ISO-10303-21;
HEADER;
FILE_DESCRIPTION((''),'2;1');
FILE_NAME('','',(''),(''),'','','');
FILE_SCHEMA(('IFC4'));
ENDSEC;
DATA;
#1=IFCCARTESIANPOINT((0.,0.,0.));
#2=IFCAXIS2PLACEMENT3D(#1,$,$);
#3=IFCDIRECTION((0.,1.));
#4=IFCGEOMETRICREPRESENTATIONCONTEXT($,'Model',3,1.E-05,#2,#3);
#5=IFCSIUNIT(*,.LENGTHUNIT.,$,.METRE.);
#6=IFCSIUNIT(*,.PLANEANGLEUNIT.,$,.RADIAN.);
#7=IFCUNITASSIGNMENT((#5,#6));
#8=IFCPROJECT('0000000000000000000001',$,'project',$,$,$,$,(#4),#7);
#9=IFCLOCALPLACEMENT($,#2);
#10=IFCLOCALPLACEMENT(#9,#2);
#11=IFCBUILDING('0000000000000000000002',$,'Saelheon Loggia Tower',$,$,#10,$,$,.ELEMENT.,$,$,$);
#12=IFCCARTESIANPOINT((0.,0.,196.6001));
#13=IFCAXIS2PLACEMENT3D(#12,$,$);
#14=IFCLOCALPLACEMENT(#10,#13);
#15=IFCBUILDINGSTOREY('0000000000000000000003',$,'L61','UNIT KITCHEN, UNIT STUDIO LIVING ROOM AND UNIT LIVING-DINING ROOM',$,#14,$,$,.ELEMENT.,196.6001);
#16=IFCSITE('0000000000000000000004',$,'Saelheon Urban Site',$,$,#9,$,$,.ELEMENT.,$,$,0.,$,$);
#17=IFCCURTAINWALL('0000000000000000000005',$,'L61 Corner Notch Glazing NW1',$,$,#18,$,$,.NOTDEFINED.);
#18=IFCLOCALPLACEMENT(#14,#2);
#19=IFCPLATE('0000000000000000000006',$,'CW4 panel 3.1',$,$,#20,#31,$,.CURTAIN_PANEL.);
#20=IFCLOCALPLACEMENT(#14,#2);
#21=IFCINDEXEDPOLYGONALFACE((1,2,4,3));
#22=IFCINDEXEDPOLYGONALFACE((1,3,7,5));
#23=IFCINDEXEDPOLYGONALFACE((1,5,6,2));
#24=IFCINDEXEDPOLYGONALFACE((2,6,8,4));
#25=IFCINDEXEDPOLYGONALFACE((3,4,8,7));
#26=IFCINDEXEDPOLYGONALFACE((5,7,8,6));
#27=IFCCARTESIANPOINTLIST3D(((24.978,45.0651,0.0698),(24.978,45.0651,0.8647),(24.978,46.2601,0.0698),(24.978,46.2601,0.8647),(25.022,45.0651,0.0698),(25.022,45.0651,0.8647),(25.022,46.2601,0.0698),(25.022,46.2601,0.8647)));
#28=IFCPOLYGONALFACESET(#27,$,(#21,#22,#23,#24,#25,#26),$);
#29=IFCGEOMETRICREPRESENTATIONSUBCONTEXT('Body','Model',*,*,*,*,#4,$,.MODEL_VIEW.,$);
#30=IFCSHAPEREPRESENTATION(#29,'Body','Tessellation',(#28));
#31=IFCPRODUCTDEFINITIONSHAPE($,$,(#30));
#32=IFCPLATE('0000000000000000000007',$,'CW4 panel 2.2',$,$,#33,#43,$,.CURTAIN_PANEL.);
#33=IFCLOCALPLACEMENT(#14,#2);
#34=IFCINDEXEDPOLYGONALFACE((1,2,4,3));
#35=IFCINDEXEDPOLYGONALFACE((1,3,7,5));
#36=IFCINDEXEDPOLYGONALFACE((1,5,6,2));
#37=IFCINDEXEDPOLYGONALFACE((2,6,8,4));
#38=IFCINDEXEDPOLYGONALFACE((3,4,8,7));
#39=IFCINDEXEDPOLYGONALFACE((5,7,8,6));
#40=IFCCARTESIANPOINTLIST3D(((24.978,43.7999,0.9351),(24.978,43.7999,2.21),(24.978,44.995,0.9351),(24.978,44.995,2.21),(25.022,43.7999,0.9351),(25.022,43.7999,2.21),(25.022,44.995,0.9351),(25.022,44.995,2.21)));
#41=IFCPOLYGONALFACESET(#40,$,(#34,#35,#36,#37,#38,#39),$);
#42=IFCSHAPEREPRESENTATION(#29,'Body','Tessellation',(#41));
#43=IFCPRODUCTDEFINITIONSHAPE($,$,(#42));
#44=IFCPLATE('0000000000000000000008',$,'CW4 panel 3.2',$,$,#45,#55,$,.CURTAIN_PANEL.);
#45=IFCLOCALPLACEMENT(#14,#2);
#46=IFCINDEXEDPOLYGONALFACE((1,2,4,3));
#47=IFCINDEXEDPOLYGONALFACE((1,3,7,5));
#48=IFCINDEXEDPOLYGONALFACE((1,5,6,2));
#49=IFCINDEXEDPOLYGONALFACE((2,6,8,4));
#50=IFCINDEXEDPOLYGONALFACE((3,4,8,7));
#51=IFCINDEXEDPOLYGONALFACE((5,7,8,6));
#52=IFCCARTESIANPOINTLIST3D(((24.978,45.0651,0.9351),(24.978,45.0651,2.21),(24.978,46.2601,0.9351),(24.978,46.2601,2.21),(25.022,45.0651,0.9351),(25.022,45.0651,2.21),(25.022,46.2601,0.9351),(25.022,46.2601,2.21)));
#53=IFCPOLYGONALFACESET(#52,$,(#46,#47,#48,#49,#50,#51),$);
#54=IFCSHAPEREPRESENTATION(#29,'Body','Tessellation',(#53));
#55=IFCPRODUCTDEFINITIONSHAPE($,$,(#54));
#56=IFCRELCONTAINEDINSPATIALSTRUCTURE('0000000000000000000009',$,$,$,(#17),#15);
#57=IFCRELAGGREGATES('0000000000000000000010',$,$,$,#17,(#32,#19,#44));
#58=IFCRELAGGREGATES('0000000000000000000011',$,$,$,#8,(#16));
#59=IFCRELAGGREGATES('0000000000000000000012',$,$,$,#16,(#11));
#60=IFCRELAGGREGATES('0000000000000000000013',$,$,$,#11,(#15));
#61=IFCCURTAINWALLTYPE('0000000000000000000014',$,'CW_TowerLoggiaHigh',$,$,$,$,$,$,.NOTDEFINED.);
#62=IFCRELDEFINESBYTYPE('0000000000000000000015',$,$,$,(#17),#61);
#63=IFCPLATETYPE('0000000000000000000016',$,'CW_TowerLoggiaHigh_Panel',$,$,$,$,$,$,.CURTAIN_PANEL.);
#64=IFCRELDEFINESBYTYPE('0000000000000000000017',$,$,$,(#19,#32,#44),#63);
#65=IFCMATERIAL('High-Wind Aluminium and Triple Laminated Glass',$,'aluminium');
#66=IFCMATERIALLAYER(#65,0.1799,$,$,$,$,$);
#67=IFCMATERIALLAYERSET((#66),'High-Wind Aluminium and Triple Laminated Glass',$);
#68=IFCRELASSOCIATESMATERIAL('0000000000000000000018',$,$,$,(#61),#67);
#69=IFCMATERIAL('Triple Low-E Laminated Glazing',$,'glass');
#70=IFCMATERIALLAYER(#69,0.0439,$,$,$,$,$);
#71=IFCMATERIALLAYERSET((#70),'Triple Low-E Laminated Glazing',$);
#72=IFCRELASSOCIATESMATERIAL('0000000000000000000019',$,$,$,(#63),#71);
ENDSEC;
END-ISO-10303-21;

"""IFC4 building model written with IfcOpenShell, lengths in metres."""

from ifc_helpers import new_model, si_unit, direction, frame, origin, origin_2d, place, context, subcontext, project, spatial, rectangle, extrude, source, transform, mapped, material, layer, layer_set, type_object, element, aggregate, save


model = new_model("IFC4")

# Units and contexts
model_context = context("Model", 3, precision=1e-05, world=origin(), true_north=direction((0.0, 1.0)))
body_context = subcontext(model_context, "Body", "Model", "MODEL_VIEW")
ifc_project = project(units=[si_unit("LENGTHUNIT", "METRE"), si_unit("PLANEANGLEUNIT", "RADIAN")], contexts=[model_context])

# Site, building, storey
site_placement = place(None, origin())
site = spatial("IfcSite", under=ifc_project, at=site_placement, Name="Saelheon Urban Site", CompositionType="ELEMENT", RefElevation=0.0)
building_placement = place(site_placement, origin())
building = spatial("IfcBuilding", under=site, at=building_placement, Name="Saelheon Loggia Tower", CompositionType="ELEMENT")
storey_placement = place(building_placement, frame((0.0, 0.0, 196.6001)))
storey = spatial("IfcBuildingStorey", under=building, at=storey_placement, Name="L61", Description="UNIT KITCHEN, UNIT STUDIO LIVING ROOM AND UNIT LIVING-DINING ROOM", CompositionType="ELEMENT", Elevation=196.6001)

# Curtain wall, plates
ifc_material_1 = material(Name="High-Wind Aluminium and Triple Laminated Glass", Category="aluminium")
ifc_layer_1 = layer(ifc_material_1, 0.1799)
ifc_layer_set_1 = layer_set([ifc_layer_1], Name="High-Wind Aluminium and Triple Laminated Glass")
curtain_wall_type = type_object("IfcCurtainWallType", Name="CW_TowerLoggiaHigh", PredefinedType="NOTDEFINED", material=ifc_layer_set_1)
curtain_wall_placement = place(storey_placement, origin())
curtain_wall = element("IfcCurtainWall", 1, at=curtain_wall_placement, inside=storey, type_object=curtain_wall_type, Name="L61 Corner Notch Glazing NW1", PredefinedType="NOTDEFINED")
ifc_material_2 = material(Name="Triple Low-E Laminated Glazing", Category="glass")
ifc_layer_2 = layer(ifc_material_2, 0.0439)
ifc_layer_set_2 = layer_set([ifc_layer_2], Name="Triple Low-E Laminated Glazing")
plate_type = type_object("IfcPlateType", Name="CW_TowerLoggiaHigh_Panel", PredefinedType="CURTAIN_PANEL", material=ifc_layer_set_2)
shared_shape_1 = source(origin(), body_context, "Body", "SweptSolid", [
    extrude(rectangle(XDim=1.1951, YDim=0.0439, at=origin_2d()), origin(), (0.0, 0.0, 1.0), 0.7949),
])
plate_1_placement = place(storey_placement, frame((25.0, 45.6626, 0.0698), z_axis=(0.0, 0.0, 1.0), x_axis=(0.0, 1.0, 0.0)))
plate_1 = element("IfcPlate", 2, at=plate_1_placement, type_object=plate_type, Name="CW4 panel 3.1", PredefinedType="CURTAIN_PANEL", context=body_context, shape_type="MappedRepresentation", body=[
    mapped(shared_shape_1, transform((0.0, 0.0, 0.0), scale=1.0)),
])
shared_shape_2 = source(origin(), body_context, "Body", "SweptSolid", [
    extrude(rectangle(XDim=1.1951, YDim=0.0439, at=origin_2d()), origin(), (0.0, 0.0, 1.0), 1.2749),
])
plate_2_placement = place(storey_placement, frame((25.0, 44.3975, 0.9351), z_axis=(0.0, 0.0, 1.0), x_axis=(0.0, 1.0, 0.0)))
plate_2 = element("IfcPlate", 3, at=plate_2_placement, type_object=plate_type, Name="CW4 panel 2.2", PredefinedType="CURTAIN_PANEL", context=body_context, shape_type="MappedRepresentation", body=[
    mapped(shared_shape_2, transform((0.0, 0.0, 0.0), scale=1.0)),
])
plate_3_placement = place(storey_placement, frame((25.0, 45.6626, 0.9351), z_axis=(0.0, 0.0, 1.0), x_axis=(0.0, 1.0, 0.0)))
plate_3 = element("IfcPlate", 4, at=plate_3_placement, type_object=plate_type, Name="CW4 panel 3.2", PredefinedType="CURTAIN_PANEL", context=body_context, shape_type="MappedRepresentation", body=[
    mapped(shared_shape_2, transform((0.0, 0.0, 0.0), scale=1.0)),
])
aggregate(curtain_wall, [plate_2, plate_1, plate_3])

save(model, "model.ifc")
